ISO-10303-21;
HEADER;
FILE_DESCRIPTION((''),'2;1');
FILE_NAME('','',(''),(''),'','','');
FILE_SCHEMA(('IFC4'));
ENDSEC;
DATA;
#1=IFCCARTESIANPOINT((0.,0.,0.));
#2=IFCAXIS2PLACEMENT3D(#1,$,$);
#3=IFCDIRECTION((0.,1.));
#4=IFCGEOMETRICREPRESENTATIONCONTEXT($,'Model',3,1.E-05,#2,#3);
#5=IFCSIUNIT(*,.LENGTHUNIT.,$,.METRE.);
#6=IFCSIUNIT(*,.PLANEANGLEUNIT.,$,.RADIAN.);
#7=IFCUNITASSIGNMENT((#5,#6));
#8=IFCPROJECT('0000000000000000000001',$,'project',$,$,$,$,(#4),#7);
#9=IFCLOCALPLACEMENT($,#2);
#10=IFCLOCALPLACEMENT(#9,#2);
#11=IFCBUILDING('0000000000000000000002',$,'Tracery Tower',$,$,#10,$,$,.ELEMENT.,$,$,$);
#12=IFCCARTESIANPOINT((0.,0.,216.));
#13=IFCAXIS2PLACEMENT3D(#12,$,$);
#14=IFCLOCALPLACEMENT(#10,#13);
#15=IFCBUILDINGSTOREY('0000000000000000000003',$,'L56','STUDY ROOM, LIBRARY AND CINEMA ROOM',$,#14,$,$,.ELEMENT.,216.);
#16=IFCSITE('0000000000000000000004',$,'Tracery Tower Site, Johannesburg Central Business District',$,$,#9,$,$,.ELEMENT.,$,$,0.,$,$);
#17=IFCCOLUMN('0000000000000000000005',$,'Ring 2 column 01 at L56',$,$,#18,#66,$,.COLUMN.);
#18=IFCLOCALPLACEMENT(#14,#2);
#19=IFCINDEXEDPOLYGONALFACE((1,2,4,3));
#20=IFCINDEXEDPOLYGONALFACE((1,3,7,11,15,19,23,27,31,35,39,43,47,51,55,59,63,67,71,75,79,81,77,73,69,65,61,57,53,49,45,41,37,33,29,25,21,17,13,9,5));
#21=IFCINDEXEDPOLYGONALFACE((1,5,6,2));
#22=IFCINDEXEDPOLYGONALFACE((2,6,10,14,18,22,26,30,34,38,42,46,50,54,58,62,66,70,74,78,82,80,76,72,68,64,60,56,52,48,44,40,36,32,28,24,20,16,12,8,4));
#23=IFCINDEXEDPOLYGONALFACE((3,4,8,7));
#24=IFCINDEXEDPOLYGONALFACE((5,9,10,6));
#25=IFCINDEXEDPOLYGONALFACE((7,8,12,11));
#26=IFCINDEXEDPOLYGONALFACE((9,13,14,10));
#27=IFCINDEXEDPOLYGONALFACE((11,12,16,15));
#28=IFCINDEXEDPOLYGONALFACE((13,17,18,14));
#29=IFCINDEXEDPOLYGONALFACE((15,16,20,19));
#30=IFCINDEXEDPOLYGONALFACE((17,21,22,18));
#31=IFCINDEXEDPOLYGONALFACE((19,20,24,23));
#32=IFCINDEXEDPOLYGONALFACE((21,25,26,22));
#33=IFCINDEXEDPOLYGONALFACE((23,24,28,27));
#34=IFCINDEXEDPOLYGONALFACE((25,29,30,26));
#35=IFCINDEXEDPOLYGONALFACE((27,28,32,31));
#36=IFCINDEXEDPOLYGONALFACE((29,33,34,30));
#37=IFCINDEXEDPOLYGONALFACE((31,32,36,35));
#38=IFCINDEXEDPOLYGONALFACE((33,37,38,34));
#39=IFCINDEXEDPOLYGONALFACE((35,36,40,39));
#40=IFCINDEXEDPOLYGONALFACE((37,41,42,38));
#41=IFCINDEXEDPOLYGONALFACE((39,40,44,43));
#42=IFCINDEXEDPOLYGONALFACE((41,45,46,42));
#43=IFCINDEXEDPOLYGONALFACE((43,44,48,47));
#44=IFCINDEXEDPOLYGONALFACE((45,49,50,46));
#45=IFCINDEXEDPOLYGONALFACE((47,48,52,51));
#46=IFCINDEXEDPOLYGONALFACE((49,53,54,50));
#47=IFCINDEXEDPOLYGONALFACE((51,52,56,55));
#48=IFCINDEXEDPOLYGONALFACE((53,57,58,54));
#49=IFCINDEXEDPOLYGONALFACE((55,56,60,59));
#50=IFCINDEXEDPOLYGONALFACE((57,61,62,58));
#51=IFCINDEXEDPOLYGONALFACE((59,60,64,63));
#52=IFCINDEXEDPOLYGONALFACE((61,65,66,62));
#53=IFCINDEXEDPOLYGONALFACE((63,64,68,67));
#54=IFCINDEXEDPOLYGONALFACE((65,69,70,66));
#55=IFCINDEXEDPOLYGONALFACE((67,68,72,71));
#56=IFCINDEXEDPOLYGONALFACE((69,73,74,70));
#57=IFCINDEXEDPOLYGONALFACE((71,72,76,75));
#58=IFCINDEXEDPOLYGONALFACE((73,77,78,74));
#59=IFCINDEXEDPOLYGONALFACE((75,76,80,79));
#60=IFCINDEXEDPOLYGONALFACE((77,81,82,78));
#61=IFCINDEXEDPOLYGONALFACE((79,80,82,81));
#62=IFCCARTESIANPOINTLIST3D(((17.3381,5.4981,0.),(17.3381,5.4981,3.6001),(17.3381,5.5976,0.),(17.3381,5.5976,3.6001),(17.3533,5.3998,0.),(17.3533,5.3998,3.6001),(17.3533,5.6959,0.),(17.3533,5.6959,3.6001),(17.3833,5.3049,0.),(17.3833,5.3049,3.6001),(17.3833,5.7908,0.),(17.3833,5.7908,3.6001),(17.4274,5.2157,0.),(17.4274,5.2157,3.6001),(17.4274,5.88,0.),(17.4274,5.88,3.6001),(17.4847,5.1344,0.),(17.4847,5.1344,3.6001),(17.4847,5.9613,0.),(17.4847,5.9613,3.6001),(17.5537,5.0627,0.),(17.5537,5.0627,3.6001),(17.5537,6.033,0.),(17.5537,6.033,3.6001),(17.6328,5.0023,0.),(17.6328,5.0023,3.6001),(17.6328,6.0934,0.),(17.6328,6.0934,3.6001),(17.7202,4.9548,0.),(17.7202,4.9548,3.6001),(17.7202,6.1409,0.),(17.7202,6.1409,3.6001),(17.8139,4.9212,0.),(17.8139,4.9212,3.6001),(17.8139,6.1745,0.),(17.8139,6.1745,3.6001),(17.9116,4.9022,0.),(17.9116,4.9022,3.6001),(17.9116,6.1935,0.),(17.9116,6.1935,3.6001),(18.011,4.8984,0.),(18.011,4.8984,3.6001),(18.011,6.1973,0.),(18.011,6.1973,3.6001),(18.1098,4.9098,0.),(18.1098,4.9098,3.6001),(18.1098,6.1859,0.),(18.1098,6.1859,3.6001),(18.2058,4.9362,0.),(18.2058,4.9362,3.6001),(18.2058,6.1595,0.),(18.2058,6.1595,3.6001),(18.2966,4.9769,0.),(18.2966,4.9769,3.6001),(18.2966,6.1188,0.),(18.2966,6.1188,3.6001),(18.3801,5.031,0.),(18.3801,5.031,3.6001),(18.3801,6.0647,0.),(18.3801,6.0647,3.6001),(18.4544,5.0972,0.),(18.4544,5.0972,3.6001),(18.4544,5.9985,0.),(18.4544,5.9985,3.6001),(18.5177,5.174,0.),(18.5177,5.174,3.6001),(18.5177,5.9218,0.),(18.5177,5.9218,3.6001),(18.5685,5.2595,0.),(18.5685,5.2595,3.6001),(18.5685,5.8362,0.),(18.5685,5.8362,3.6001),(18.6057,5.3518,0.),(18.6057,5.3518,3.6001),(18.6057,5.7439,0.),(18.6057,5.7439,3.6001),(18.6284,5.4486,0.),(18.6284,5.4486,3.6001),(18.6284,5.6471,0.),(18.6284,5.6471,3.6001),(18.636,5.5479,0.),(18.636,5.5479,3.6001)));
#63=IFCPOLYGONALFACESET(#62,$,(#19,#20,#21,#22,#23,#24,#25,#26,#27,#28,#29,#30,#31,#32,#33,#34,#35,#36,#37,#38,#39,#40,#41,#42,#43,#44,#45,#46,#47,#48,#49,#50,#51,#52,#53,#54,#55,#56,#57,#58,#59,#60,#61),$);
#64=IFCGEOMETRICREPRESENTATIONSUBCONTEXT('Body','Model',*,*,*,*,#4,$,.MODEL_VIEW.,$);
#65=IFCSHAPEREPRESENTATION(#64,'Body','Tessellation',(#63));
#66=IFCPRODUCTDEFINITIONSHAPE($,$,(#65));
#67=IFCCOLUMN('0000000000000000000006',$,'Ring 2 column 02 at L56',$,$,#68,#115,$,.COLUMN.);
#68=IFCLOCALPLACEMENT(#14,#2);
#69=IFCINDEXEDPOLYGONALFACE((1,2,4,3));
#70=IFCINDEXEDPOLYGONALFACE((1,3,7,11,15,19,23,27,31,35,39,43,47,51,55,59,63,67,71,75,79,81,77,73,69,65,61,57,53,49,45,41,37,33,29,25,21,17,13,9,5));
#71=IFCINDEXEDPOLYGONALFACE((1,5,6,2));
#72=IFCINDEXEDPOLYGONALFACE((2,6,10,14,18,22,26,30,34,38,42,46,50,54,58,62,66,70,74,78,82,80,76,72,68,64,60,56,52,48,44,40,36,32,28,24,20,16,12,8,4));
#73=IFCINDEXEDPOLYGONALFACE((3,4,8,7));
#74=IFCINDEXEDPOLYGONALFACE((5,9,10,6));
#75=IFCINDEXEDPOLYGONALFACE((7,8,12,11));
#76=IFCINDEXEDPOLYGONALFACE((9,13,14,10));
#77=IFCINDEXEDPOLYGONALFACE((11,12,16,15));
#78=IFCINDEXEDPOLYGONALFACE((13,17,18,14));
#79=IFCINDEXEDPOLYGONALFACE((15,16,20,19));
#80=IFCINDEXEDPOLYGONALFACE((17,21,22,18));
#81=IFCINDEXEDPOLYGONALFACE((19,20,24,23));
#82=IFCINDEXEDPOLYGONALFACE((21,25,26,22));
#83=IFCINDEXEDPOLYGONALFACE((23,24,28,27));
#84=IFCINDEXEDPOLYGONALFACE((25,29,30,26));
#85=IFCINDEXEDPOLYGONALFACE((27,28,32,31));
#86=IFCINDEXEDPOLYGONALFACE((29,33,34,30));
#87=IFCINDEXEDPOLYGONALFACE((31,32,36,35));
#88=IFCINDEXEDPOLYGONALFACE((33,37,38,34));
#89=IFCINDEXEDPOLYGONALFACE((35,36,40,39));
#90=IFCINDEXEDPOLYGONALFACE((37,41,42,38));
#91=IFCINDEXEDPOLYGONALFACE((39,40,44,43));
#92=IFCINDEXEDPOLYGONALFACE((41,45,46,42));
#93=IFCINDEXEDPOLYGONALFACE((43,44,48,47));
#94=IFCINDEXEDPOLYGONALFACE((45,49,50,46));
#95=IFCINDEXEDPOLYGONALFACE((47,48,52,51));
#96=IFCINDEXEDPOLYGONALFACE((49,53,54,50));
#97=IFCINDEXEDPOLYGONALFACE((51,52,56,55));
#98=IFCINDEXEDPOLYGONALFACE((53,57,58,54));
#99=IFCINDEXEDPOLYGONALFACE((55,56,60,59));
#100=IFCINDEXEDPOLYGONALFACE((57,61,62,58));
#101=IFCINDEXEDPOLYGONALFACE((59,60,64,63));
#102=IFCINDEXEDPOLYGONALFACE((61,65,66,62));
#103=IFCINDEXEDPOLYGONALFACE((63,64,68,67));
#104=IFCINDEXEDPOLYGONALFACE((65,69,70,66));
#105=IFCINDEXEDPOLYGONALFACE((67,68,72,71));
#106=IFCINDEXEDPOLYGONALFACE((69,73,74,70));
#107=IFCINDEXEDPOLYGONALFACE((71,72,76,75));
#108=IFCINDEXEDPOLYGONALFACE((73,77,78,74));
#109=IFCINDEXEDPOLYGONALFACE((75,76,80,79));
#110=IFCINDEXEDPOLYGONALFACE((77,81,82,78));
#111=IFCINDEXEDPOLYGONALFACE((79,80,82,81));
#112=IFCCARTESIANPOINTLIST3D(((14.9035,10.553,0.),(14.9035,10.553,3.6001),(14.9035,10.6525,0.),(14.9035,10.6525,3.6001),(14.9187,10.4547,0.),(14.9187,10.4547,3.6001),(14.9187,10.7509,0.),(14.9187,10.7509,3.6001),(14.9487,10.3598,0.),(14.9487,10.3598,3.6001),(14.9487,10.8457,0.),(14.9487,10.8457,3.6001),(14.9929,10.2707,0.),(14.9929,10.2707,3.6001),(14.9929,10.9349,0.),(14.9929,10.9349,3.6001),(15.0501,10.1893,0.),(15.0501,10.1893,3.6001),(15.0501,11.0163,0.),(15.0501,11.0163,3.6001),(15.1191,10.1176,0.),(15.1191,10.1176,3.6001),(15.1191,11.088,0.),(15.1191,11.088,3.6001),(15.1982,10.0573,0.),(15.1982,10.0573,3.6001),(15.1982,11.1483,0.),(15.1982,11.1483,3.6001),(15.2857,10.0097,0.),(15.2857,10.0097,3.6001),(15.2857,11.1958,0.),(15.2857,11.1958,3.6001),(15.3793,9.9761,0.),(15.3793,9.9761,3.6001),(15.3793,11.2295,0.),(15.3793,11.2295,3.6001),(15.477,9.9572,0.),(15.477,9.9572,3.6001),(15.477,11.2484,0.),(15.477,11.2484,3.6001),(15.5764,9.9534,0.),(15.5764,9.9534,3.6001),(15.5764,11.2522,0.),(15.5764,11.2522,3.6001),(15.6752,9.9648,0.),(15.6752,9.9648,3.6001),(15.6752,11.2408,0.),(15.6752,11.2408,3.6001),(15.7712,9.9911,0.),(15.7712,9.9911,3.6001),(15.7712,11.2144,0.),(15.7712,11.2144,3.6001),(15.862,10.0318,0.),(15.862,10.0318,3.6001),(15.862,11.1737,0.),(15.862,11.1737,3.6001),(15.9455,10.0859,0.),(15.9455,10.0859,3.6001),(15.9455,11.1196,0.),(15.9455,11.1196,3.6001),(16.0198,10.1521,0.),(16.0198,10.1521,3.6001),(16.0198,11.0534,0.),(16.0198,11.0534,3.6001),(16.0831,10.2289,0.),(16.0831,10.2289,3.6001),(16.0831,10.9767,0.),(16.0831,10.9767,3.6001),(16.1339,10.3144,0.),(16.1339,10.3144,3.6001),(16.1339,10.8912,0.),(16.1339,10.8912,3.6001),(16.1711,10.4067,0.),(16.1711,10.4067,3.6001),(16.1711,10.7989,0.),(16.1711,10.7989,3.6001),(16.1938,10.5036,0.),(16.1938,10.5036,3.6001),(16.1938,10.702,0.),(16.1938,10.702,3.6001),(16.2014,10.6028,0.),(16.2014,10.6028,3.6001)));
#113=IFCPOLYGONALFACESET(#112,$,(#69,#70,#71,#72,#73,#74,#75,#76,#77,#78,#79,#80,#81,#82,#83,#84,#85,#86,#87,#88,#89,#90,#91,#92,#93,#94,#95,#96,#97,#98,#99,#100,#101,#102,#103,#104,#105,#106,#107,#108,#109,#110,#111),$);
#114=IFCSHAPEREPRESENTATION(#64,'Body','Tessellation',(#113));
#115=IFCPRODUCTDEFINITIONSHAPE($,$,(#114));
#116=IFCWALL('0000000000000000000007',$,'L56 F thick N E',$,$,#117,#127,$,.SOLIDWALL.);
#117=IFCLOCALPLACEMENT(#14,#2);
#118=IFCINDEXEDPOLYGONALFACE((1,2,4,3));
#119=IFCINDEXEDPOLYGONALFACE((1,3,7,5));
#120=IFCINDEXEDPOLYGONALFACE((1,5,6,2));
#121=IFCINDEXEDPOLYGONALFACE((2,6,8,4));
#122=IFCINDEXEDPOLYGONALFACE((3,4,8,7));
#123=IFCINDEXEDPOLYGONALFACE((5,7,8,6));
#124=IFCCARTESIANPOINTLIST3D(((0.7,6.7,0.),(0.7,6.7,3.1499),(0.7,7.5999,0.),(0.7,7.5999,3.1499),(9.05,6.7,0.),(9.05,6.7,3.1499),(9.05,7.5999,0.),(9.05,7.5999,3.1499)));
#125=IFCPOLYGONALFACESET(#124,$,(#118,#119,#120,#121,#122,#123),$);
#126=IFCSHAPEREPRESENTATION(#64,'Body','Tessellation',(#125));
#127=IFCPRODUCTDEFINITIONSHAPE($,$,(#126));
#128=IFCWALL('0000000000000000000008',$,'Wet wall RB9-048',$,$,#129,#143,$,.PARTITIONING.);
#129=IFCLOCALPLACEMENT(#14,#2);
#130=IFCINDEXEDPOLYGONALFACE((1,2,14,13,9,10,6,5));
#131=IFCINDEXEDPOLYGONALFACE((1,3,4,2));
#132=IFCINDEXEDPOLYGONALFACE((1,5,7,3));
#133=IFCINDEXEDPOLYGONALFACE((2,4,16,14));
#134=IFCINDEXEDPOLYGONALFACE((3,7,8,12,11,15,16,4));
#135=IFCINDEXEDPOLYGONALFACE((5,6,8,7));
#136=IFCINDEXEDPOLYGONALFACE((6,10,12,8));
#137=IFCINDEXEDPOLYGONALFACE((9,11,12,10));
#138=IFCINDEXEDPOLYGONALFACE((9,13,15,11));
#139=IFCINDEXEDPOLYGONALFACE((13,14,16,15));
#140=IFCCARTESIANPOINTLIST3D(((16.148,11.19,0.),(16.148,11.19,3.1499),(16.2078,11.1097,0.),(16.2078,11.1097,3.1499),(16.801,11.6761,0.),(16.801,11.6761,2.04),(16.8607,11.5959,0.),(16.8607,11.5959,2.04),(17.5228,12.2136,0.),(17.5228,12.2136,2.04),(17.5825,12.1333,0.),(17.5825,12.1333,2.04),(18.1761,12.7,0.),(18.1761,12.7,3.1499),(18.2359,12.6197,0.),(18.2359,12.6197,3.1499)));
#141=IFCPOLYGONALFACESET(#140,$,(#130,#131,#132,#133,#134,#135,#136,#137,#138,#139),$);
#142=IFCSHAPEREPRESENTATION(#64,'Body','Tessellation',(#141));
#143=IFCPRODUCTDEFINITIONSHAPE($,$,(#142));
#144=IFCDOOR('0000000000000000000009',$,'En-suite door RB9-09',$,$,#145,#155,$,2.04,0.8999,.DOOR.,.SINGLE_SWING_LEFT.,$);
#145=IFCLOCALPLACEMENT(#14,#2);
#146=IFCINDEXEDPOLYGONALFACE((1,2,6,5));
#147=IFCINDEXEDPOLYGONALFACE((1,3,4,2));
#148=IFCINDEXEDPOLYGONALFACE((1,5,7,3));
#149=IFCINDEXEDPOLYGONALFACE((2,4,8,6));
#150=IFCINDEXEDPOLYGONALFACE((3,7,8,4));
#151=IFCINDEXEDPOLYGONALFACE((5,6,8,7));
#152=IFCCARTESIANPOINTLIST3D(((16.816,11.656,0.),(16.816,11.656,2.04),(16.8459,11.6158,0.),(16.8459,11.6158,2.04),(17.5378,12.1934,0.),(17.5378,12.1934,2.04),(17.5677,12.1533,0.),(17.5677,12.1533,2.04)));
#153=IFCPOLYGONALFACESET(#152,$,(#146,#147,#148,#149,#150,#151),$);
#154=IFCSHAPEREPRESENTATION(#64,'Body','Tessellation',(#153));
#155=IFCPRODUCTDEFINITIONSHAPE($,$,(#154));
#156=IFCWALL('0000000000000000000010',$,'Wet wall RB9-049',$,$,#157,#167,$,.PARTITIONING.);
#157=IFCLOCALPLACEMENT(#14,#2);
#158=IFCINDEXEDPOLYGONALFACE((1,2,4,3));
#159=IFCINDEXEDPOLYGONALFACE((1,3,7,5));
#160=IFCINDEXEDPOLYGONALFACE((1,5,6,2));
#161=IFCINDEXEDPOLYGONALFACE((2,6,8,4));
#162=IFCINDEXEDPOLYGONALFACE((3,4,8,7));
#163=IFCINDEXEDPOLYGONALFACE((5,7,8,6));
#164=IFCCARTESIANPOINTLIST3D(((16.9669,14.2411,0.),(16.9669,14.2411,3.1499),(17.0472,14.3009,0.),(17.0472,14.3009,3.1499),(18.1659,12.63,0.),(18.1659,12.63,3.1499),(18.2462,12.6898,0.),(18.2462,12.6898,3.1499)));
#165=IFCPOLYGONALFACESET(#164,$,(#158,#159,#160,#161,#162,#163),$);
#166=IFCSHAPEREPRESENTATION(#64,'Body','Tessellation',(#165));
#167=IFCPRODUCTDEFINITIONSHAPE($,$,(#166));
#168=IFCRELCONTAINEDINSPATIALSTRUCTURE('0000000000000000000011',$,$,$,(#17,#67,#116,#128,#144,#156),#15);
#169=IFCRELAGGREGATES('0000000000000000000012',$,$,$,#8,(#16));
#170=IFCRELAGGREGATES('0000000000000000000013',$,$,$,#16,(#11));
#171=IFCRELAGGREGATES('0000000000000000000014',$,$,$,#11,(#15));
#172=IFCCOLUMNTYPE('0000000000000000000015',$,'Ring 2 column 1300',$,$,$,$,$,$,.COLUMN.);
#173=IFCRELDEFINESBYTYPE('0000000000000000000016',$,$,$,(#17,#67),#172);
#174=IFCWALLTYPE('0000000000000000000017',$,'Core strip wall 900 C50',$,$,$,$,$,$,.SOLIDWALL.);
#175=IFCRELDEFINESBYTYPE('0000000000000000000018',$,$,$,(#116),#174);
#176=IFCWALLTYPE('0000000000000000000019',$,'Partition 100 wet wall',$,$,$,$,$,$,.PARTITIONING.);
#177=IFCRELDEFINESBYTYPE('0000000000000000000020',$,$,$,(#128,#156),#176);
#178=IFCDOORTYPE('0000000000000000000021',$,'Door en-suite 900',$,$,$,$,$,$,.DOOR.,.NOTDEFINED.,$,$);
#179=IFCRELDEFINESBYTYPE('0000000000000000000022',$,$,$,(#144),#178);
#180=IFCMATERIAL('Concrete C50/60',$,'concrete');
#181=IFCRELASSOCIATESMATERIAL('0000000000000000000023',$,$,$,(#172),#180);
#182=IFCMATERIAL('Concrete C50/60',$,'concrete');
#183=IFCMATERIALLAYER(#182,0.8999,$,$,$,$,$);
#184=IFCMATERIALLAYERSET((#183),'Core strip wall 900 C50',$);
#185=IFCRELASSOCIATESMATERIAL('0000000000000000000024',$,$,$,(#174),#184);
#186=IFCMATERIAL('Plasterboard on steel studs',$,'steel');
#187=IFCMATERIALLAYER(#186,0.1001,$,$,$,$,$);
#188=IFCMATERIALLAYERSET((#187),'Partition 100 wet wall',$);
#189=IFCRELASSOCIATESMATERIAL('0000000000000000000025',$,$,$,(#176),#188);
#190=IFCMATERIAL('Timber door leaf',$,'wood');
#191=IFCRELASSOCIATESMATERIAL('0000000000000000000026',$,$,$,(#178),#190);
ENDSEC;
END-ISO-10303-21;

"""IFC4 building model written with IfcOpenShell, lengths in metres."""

from ifc_helpers import new_model, si_unit, direction, frame, frame_2d, origin, origin_2d, place, context, subcontext, project, spatial, rectangle, circle, extrude, material, layer, layer_set, material_profile, profile_set, type_object, element, fill, save


model = new_model("IFC4")

# Units and contexts
model_context = context("Model", 3, precision=1e-05, world=origin(), true_north=direction((0.0, 1.0)))
body_context = subcontext(model_context, "Body", "Model", "MODEL_VIEW")
ifc_project = project(units=[si_unit("LENGTHUNIT", "METRE"), si_unit("PLANEANGLEUNIT", "RADIAN")], contexts=[model_context])

# Site, building, storey
site_placement = place(None, origin())
site = spatial("IfcSite", under=ifc_project, at=site_placement, Name="Tracery Tower Site, Johannesburg Central Business District", CompositionType="ELEMENT", RefElevation=0.0)
building_placement = place(site_placement, origin())
building = spatial("IfcBuilding", under=site, at=building_placement, Name="Tracery Tower", CompositionType="ELEMENT")
storey_placement = place(building_placement, frame((0.0, 0.0, 216.0)))
storey = spatial("IfcBuildingStorey", under=building, at=storey_placement, Name="L56", Description="STUDY ROOM, LIBRARY AND CINEMA ROOM", CompositionType="ELEMENT", Elevation=216.0)

# Columns
ifc_material_1 = material(Name="Concrete C50/60", Category="concrete")
ifc_material_profile = material_profile(ifc_material_1, circle(Radius=0.6499, at=origin_2d()), Name="RC D1300")
ifc_profile_set = profile_set([ifc_material_profile], Name="Concrete C50/60")
column_type = type_object("IfcColumnType", Name="Ring 2 column 1300", PredefinedType="COLUMN", material=ifc_profile_set)
for number, where, z_axis, x_axis, name in (
    (1, (17.9861, 5.5479, 0.0), (0.0, 0.0, 1.0), (1.0, 0.0, 0.0), "Ring 2 column 01 at L56"),
    (2, (15.5515, 10.6028, 0.0), (0.0, 0.0, 1.0), (1.0, 0.0, 0.0), "Ring 2 column 02 at L56"),
):
    element("IfcColumn", number, at=place(storey_placement, frame(where, z_axis=z_axis, x_axis=x_axis)), inside=storey, type_object=column_type, Name=name, PredefinedType="COLUMN", context=body_context, shape_type="SweptSolid", body=[
        extrude(circle(Radius=0.6499, at=origin_2d()), origin(), (0.0, 0.0, 1.0), 3.6001),
    ])

# Wall
ifc_material_2 = material(Name="Concrete C50/60", Category="concrete")
ifc_layer_1 = layer(ifc_material_2, 0.8999)
ifc_layer_set_1 = layer_set([ifc_layer_1], Name="Core strip wall 900 C50")
wall_type_1 = type_object("IfcWallType", Name="Core strip wall 900 C50", PredefinedType="SOLIDWALL", material=ifc_layer_set_1)
wall_1_placement = place(storey_placement, frame((0.7, 7.1499, 0.0), z_axis=(0.0, 0.0, 1.0), x_axis=(1.0, 0.0, 0.0)))
element("IfcWall", 3, at=wall_1_placement, inside=storey, type_object=wall_type_1, Name="L56 F thick N E", PredefinedType="SOLIDWALL", context=body_context, shape_type="SweptSolid", body=[
    extrude(rectangle(XDim=8.3501, YDim=0.8999, at=frame_2d((4.175, 0.0))), origin(), (0.0, 0.0, 1.0), 3.1499),
])

# Wall, opening, door
ifc_material_3 = material(Name="Plasterboard on steel studs", Category="steel")
ifc_layer_2 = layer(ifc_material_3, 0.1001)
ifc_layer_set_2 = layer_set([ifc_layer_2], Name="Partition 100 wet wall")
wall_type_2 = type_object("IfcWallType", Name="Partition 100 wet wall", PredefinedType="PARTITIONING", material=ifc_layer_set_2)
wall_2_placement = place(storey_placement, frame((16.178, 11.1499, 0.0), z_axis=(0.0, 0.0, 1.0), x_axis=(0.802092, 0.5972, 0.0)))
wall_2 = element("IfcWall", 4, at=wall_2_placement, inside=storey, type_object=wall_type_2, Name="Wet wall RB9-048", PredefinedType="PARTITIONING", context=body_context, shape_type="SweptSolid", body=[
    extrude(rectangle(XDim=2.5286, YDim=0.1001, at=frame_2d((1.2642, 0.0))), origin(), (0.0, 0.0, 1.0), 3.1499),
])
opening_1_placement = place(wall_2_placement, frame((0.814, 0.0, 0.0)))
opening_1 = element("IfcOpeningElement", 5, at=opening_1_placement, cuts=wall_2, PredefinedType="OPENING", context=body_context, shape_type="SweptSolid", body=[
    extrude(rectangle(XDim=0.8999, YDim=2.04, at=frame_2d((0.45, 1.02))), frame((0.0, 0.05, 0.0), z_axis=(0.0, -1.0, 0.0), x_axis=(1.0, 0.0, 0.0)), (0.0, 0.0, 1.0), 0.1001),
])
ifc_material_4 = material(Name="Timber door leaf", Category="wood")
door_type_1 = type_object("IfcDoorType", Name="Door en-suite 900", OperationType="NOTDEFINED", PredefinedType="DOOR", material=ifc_material_4)
door_1_placement = place(opening_1_placement, origin())
door_1 = element("IfcDoor", 6, at=door_1_placement, inside=storey, type_object=door_type_1, Name="En-suite door RB9-09", OperationType="SINGLE_SWING_LEFT", OverallHeight=2.04, OverallWidth=0.8999, PredefinedType="DOOR", context=body_context, shape_type="SweptSolid", body=[
    extrude(rectangle(XDim=0.8999, YDim=2.04, at=frame_2d((0.45, 1.02))), frame((0.0, 0.0249, 0.0), z_axis=(0.0, -1.0, 0.0), x_axis=(1.0, 0.0, 0.0)), (0.0, 0.0, 1.0), 0.05),
])
fill(opening_1, door_1)

# Wall
wall_3_placement = place(storey_placement, frame((17.0071, 14.271, 0.0), z_axis=(0.0, 0.0, 1.0), x_axis=(0.59702, -0.802226, 0.0)))
element("IfcWall", 7, at=wall_3_placement, inside=storey, type_object=wall_type_2, Name="Wet wall RB9-049", PredefinedType="PARTITIONING", context=body_context, shape_type="SweptSolid", body=[
    extrude(rectangle(XDim=2.0083, YDim=0.1001, at=frame_2d((1.0042, 0.0))), origin(), (0.0, 0.0, 1.0), 3.1499),
])

save(model, "model.ifc")
